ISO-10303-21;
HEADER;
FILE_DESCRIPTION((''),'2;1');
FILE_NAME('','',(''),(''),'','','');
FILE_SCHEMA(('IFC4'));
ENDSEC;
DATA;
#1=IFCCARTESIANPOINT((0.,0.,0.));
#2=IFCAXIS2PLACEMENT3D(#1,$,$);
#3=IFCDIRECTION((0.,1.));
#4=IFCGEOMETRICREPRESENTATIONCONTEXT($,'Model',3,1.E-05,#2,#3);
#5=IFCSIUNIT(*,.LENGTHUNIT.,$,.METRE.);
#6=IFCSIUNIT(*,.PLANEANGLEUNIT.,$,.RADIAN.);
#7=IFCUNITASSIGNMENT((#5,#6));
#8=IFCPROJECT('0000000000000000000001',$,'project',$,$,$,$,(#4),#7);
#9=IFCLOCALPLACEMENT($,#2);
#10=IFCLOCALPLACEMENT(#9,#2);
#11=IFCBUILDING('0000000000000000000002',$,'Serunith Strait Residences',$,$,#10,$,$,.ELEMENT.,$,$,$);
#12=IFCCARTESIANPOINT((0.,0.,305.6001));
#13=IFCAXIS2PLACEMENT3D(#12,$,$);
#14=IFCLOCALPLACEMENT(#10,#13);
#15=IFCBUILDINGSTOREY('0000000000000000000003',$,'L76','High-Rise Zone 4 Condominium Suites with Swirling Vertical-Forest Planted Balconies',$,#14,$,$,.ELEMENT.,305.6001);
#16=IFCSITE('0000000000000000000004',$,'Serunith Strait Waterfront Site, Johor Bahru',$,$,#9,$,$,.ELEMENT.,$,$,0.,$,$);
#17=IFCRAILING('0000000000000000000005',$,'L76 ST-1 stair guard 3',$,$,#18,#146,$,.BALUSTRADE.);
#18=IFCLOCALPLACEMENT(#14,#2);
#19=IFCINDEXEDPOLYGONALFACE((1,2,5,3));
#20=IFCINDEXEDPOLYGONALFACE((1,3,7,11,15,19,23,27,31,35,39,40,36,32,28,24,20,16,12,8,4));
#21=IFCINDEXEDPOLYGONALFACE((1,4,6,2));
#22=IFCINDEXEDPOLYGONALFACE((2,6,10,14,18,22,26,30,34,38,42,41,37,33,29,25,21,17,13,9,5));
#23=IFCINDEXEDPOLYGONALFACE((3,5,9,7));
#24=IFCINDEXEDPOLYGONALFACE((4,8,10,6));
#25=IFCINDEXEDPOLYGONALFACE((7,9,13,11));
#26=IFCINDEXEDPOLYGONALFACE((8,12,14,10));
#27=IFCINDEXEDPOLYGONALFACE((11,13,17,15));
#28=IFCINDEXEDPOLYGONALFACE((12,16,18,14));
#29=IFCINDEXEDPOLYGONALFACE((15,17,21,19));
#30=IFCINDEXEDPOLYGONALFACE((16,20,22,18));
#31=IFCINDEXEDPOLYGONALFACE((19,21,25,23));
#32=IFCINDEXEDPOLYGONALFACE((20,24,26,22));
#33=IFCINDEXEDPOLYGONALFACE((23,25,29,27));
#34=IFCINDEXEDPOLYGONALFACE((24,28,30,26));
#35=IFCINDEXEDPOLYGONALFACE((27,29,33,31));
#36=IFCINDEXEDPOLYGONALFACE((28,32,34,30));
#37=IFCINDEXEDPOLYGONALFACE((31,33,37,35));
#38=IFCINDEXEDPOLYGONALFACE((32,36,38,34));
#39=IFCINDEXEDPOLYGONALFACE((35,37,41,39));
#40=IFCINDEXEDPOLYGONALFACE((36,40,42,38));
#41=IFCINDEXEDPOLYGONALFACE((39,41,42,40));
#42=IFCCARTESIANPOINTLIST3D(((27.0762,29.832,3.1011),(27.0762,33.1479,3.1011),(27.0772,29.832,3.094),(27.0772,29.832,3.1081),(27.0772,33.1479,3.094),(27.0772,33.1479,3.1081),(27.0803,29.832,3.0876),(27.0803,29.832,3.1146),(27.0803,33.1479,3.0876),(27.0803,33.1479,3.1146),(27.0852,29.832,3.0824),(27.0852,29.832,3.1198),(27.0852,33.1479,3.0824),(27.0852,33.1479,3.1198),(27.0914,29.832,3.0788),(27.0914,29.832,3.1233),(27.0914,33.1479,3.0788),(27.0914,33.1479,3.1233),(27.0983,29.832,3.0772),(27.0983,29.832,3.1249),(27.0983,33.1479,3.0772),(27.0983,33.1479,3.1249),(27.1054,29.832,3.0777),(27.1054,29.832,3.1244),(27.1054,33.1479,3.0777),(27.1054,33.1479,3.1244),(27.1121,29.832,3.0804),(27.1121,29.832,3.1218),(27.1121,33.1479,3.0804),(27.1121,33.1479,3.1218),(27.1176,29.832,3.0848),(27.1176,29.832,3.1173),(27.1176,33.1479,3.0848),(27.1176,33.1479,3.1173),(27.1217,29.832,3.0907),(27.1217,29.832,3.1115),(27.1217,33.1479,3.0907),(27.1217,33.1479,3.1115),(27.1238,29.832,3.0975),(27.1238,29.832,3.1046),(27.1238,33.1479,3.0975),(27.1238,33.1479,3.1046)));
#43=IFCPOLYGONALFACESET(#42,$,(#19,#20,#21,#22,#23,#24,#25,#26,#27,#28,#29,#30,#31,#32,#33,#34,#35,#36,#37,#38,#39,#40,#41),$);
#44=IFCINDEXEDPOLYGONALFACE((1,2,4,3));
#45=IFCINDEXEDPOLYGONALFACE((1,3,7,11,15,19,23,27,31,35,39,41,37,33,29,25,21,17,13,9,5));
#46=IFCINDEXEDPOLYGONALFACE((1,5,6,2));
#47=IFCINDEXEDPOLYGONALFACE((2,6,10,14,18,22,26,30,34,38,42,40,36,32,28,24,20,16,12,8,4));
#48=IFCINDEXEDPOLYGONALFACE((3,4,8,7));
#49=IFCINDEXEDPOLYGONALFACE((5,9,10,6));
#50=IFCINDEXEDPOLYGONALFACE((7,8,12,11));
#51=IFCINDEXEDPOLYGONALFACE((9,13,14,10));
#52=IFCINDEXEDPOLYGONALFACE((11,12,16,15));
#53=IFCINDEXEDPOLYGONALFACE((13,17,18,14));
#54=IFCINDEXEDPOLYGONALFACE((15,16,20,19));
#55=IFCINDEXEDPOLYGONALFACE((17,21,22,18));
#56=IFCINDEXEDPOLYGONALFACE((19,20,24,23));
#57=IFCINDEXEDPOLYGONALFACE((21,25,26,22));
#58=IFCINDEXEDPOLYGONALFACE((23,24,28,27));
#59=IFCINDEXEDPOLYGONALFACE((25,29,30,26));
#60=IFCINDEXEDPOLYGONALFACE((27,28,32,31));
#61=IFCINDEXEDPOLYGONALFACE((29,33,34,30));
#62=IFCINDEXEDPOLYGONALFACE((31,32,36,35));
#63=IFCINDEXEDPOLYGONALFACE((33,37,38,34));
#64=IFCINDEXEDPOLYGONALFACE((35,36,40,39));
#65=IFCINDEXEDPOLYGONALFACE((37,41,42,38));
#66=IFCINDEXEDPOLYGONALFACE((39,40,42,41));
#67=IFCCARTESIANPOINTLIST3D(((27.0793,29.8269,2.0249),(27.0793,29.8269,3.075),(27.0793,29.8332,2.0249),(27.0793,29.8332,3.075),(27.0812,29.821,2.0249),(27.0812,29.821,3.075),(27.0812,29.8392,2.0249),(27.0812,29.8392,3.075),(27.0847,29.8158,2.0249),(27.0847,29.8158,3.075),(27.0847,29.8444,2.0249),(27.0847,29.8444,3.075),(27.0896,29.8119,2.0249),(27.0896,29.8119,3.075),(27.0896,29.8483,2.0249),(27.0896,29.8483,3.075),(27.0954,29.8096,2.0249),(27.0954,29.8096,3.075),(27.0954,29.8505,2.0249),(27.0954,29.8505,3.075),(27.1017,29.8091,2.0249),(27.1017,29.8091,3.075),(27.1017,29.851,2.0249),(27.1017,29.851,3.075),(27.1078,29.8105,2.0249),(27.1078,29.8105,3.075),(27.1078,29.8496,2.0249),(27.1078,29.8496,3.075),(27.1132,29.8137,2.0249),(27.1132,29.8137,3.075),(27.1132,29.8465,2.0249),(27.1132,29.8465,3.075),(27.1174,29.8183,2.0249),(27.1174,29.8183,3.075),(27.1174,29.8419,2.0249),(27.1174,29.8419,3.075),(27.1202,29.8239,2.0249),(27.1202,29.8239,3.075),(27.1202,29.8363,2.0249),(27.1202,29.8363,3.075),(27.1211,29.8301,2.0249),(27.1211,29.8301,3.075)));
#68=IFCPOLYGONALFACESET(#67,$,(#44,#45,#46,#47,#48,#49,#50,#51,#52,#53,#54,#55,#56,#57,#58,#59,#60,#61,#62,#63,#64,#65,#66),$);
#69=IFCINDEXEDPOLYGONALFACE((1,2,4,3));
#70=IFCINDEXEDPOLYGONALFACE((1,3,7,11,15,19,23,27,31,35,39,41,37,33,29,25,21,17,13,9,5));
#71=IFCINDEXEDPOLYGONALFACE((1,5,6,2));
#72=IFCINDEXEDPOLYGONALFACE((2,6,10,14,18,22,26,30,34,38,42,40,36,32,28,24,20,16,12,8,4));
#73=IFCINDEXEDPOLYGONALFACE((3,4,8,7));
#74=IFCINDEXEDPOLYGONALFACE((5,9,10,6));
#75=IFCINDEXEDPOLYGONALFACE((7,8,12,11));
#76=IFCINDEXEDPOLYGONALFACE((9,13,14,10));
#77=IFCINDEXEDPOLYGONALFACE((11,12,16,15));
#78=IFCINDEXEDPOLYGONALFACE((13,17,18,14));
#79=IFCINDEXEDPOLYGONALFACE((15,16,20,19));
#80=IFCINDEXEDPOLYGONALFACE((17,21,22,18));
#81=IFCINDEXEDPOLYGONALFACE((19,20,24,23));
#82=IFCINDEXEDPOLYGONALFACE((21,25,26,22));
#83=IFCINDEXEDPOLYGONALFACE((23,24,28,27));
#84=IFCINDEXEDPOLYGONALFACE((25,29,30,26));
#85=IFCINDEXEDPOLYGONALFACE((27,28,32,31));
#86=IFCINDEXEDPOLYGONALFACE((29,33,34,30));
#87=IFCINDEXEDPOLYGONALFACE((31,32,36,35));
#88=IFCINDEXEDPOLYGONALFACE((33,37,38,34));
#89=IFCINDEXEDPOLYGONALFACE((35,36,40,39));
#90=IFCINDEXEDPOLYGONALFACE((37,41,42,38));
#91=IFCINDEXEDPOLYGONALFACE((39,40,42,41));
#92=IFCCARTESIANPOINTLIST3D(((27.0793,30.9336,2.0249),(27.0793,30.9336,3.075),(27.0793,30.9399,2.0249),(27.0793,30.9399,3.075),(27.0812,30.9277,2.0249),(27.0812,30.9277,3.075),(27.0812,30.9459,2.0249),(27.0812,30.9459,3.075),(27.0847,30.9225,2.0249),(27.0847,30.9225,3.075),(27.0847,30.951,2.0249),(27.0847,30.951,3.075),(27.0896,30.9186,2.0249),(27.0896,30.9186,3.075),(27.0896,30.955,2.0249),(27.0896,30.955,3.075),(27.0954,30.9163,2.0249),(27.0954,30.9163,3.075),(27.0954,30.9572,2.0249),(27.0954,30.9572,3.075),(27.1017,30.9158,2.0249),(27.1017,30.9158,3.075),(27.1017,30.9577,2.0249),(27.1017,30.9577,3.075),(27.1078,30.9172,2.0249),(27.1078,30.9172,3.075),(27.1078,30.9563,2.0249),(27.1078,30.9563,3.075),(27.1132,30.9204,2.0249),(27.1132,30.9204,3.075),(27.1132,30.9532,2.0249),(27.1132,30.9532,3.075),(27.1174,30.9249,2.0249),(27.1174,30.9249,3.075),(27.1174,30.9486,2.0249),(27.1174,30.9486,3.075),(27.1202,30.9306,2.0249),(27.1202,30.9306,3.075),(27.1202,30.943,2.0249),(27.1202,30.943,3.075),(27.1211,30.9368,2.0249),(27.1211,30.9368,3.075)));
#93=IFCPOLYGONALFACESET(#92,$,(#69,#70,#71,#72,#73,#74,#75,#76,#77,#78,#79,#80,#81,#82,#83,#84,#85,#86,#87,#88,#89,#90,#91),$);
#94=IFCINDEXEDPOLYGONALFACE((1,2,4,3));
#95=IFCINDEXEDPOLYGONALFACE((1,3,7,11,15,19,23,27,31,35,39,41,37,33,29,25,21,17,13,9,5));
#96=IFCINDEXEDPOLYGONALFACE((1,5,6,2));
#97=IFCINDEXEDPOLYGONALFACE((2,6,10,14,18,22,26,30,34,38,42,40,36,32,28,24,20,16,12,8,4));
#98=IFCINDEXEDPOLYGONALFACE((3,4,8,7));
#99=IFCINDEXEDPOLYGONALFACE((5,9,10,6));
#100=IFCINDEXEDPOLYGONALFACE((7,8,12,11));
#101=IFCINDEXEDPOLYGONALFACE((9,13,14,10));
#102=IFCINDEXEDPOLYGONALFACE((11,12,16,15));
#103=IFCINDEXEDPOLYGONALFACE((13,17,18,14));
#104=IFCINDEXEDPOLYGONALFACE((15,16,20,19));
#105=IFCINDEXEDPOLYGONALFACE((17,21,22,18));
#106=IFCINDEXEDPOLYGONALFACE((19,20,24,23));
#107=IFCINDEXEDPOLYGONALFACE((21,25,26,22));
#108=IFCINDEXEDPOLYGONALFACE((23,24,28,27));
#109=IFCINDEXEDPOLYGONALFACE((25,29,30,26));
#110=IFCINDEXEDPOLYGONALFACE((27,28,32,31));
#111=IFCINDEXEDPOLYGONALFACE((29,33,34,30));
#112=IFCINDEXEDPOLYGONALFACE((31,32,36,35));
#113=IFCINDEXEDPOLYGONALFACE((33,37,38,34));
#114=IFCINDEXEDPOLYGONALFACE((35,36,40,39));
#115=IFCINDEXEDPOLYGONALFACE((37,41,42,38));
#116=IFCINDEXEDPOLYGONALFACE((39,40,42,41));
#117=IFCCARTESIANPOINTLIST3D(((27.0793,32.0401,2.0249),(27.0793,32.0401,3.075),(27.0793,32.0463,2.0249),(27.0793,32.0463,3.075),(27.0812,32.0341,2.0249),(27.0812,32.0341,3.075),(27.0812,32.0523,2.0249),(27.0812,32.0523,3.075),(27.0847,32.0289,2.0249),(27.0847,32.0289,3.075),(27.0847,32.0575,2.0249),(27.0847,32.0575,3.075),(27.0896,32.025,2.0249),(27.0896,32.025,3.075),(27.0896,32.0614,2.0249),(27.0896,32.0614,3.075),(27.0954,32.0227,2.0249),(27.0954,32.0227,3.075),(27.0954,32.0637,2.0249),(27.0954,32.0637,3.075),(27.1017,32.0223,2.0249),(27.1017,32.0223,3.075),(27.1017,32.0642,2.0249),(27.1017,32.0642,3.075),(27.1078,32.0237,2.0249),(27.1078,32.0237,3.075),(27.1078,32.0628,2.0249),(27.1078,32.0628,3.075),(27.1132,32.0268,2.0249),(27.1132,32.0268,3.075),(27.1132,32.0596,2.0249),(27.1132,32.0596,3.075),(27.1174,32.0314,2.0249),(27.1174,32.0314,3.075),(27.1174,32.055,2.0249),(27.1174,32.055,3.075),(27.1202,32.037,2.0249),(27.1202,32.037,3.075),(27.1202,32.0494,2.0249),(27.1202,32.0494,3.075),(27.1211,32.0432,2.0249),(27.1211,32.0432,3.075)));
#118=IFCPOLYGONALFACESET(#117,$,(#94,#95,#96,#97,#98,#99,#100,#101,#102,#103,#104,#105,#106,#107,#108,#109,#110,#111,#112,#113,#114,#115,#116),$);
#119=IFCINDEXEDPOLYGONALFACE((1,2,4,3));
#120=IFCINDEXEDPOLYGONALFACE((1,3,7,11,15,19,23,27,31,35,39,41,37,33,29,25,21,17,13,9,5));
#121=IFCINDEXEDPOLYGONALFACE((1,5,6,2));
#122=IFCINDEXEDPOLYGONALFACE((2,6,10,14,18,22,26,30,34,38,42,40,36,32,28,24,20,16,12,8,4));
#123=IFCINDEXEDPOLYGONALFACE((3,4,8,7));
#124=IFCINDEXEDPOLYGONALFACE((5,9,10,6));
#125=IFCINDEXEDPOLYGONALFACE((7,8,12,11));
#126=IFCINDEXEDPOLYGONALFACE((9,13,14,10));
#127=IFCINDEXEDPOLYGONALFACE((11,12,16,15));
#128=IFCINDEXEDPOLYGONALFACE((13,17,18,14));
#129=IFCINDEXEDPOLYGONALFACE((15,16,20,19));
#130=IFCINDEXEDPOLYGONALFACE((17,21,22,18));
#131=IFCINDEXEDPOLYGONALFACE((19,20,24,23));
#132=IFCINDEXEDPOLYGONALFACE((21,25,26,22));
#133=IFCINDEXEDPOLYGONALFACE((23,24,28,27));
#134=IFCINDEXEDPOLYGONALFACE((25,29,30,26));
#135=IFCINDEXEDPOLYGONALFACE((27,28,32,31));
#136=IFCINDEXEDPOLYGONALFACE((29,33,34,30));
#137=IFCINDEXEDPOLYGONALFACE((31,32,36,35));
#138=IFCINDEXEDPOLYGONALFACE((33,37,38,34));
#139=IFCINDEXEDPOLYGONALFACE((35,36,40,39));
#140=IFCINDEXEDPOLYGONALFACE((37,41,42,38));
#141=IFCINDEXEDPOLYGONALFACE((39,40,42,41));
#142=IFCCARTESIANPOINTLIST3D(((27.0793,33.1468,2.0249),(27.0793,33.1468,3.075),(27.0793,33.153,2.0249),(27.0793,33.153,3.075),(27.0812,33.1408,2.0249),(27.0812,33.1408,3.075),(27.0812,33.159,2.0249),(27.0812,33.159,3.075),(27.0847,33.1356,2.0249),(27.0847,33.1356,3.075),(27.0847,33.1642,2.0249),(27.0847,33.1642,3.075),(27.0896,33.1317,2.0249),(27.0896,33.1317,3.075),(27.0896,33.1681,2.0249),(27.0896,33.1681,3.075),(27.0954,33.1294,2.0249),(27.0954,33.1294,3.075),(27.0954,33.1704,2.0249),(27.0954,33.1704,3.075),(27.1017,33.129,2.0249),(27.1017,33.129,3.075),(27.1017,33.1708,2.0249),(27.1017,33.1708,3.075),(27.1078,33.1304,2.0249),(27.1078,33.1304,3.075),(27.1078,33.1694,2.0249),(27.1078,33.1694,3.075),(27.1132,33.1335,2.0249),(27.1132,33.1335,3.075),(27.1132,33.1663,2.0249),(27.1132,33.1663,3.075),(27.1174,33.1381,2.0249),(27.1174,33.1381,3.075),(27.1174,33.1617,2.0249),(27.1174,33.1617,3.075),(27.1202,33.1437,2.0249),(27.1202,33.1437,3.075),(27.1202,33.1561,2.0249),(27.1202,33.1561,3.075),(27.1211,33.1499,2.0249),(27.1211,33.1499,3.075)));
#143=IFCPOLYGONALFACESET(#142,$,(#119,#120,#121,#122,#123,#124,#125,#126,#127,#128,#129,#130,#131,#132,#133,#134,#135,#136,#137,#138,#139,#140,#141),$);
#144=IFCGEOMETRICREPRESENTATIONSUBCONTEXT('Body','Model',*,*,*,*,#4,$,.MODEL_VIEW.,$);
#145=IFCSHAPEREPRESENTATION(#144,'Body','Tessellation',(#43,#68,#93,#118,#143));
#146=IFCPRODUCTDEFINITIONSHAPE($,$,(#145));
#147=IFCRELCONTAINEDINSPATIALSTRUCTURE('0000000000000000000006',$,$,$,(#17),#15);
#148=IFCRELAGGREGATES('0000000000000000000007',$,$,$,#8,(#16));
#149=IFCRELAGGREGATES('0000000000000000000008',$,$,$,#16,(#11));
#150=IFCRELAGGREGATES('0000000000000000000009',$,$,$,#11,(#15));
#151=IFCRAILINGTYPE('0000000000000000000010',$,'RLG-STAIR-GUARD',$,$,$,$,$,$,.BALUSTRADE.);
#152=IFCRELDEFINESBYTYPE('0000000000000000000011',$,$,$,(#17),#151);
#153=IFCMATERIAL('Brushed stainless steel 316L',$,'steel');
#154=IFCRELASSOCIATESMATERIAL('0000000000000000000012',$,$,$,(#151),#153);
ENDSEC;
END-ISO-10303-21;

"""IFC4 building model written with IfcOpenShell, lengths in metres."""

from ifc_helpers import new_model, si_unit, direction, frame, origin, origin_2d, place, context, subcontext, project, spatial, circle, extrude, material, type_object, element, save


model = new_model("IFC4")

# Units and contexts
model_context = context("Model", 3, precision=1e-05, world=origin(), true_north=direction((0.0, 1.0)))
body_context = subcontext(model_context, "Body", "Model", "MODEL_VIEW")
ifc_project = project(units=[si_unit("LENGTHUNIT", "METRE"), si_unit("PLANEANGLEUNIT", "RADIAN")], contexts=[model_context])

# Site, building, storey
site_placement = place(None, origin())
site = spatial("IfcSite", under=ifc_project, at=site_placement, Name="Serunith Strait Waterfront Site, Johor Bahru", CompositionType="ELEMENT", RefElevation=0.0)
building_placement = place(site_placement, origin())
building = spatial("IfcBuilding", under=site, at=building_placement, Name="Serunith Strait Residences", CompositionType="ELEMENT")
storey_placement = place(building_placement, frame((0.0, 0.0, 305.6001)))
storey = spatial("IfcBuildingStorey", under=building, at=storey_placement, Name="L76", Description="High-Rise Zone 4 Condominium Suites with Swirling Vertical-Forest Planted Balconies", CompositionType="ELEMENT", Elevation=305.6001)

# Railing
ifc_material_1 = material(Name="Brushed stainless steel 316L", Category="steel")
railing_type_1 = type_object("IfcRailingType", Name="RLG-STAIR-GUARD", PredefinedType="BALUSTRADE", material=ifc_material_1)
for number, where, name in (
    (1, (27.1001, 29.8301, 2.0249), "L76 ST-1 stair guard 3"),
):
    element("IfcRailing", number, at=place(storey_placement, frame(where)), inside=storey, type_object=railing_type_1, Name=name, PredefinedType="BALUSTRADE", context=body_context, shape_type="SweptSolid", body=[
        extrude(circle(Radius=0.0239, at=origin_2d()), frame((0.0, 0.002, 1.0762), z_axis=(0.0, 1.0, 0.0), x_axis=(-1.0, 0.0, 0.0)), (0.0, 0.0, 1.0), 3.3159),
        extrude(circle(Radius=0.021, at=origin_2d()), origin(), (0.0, 0.0, 1.0), 1.05),
        extrude(circle(Radius=0.021, at=origin_2d()), frame((0.0, 1.1067, 0.0)), (0.0, 0.0, 1.0), 1.05),
        extrude(circle(Radius=0.021, at=origin_2d()), frame((0.0, 2.2131, 0.0)), (0.0, 0.0, 1.0), 1.05),
        extrude(circle(Radius=0.021, at=origin_2d()), frame((0.0, 3.3198, 0.0)), (0.0, 0.0, 1.0), 1.05),
    ])

save(model, "model.ifc")
